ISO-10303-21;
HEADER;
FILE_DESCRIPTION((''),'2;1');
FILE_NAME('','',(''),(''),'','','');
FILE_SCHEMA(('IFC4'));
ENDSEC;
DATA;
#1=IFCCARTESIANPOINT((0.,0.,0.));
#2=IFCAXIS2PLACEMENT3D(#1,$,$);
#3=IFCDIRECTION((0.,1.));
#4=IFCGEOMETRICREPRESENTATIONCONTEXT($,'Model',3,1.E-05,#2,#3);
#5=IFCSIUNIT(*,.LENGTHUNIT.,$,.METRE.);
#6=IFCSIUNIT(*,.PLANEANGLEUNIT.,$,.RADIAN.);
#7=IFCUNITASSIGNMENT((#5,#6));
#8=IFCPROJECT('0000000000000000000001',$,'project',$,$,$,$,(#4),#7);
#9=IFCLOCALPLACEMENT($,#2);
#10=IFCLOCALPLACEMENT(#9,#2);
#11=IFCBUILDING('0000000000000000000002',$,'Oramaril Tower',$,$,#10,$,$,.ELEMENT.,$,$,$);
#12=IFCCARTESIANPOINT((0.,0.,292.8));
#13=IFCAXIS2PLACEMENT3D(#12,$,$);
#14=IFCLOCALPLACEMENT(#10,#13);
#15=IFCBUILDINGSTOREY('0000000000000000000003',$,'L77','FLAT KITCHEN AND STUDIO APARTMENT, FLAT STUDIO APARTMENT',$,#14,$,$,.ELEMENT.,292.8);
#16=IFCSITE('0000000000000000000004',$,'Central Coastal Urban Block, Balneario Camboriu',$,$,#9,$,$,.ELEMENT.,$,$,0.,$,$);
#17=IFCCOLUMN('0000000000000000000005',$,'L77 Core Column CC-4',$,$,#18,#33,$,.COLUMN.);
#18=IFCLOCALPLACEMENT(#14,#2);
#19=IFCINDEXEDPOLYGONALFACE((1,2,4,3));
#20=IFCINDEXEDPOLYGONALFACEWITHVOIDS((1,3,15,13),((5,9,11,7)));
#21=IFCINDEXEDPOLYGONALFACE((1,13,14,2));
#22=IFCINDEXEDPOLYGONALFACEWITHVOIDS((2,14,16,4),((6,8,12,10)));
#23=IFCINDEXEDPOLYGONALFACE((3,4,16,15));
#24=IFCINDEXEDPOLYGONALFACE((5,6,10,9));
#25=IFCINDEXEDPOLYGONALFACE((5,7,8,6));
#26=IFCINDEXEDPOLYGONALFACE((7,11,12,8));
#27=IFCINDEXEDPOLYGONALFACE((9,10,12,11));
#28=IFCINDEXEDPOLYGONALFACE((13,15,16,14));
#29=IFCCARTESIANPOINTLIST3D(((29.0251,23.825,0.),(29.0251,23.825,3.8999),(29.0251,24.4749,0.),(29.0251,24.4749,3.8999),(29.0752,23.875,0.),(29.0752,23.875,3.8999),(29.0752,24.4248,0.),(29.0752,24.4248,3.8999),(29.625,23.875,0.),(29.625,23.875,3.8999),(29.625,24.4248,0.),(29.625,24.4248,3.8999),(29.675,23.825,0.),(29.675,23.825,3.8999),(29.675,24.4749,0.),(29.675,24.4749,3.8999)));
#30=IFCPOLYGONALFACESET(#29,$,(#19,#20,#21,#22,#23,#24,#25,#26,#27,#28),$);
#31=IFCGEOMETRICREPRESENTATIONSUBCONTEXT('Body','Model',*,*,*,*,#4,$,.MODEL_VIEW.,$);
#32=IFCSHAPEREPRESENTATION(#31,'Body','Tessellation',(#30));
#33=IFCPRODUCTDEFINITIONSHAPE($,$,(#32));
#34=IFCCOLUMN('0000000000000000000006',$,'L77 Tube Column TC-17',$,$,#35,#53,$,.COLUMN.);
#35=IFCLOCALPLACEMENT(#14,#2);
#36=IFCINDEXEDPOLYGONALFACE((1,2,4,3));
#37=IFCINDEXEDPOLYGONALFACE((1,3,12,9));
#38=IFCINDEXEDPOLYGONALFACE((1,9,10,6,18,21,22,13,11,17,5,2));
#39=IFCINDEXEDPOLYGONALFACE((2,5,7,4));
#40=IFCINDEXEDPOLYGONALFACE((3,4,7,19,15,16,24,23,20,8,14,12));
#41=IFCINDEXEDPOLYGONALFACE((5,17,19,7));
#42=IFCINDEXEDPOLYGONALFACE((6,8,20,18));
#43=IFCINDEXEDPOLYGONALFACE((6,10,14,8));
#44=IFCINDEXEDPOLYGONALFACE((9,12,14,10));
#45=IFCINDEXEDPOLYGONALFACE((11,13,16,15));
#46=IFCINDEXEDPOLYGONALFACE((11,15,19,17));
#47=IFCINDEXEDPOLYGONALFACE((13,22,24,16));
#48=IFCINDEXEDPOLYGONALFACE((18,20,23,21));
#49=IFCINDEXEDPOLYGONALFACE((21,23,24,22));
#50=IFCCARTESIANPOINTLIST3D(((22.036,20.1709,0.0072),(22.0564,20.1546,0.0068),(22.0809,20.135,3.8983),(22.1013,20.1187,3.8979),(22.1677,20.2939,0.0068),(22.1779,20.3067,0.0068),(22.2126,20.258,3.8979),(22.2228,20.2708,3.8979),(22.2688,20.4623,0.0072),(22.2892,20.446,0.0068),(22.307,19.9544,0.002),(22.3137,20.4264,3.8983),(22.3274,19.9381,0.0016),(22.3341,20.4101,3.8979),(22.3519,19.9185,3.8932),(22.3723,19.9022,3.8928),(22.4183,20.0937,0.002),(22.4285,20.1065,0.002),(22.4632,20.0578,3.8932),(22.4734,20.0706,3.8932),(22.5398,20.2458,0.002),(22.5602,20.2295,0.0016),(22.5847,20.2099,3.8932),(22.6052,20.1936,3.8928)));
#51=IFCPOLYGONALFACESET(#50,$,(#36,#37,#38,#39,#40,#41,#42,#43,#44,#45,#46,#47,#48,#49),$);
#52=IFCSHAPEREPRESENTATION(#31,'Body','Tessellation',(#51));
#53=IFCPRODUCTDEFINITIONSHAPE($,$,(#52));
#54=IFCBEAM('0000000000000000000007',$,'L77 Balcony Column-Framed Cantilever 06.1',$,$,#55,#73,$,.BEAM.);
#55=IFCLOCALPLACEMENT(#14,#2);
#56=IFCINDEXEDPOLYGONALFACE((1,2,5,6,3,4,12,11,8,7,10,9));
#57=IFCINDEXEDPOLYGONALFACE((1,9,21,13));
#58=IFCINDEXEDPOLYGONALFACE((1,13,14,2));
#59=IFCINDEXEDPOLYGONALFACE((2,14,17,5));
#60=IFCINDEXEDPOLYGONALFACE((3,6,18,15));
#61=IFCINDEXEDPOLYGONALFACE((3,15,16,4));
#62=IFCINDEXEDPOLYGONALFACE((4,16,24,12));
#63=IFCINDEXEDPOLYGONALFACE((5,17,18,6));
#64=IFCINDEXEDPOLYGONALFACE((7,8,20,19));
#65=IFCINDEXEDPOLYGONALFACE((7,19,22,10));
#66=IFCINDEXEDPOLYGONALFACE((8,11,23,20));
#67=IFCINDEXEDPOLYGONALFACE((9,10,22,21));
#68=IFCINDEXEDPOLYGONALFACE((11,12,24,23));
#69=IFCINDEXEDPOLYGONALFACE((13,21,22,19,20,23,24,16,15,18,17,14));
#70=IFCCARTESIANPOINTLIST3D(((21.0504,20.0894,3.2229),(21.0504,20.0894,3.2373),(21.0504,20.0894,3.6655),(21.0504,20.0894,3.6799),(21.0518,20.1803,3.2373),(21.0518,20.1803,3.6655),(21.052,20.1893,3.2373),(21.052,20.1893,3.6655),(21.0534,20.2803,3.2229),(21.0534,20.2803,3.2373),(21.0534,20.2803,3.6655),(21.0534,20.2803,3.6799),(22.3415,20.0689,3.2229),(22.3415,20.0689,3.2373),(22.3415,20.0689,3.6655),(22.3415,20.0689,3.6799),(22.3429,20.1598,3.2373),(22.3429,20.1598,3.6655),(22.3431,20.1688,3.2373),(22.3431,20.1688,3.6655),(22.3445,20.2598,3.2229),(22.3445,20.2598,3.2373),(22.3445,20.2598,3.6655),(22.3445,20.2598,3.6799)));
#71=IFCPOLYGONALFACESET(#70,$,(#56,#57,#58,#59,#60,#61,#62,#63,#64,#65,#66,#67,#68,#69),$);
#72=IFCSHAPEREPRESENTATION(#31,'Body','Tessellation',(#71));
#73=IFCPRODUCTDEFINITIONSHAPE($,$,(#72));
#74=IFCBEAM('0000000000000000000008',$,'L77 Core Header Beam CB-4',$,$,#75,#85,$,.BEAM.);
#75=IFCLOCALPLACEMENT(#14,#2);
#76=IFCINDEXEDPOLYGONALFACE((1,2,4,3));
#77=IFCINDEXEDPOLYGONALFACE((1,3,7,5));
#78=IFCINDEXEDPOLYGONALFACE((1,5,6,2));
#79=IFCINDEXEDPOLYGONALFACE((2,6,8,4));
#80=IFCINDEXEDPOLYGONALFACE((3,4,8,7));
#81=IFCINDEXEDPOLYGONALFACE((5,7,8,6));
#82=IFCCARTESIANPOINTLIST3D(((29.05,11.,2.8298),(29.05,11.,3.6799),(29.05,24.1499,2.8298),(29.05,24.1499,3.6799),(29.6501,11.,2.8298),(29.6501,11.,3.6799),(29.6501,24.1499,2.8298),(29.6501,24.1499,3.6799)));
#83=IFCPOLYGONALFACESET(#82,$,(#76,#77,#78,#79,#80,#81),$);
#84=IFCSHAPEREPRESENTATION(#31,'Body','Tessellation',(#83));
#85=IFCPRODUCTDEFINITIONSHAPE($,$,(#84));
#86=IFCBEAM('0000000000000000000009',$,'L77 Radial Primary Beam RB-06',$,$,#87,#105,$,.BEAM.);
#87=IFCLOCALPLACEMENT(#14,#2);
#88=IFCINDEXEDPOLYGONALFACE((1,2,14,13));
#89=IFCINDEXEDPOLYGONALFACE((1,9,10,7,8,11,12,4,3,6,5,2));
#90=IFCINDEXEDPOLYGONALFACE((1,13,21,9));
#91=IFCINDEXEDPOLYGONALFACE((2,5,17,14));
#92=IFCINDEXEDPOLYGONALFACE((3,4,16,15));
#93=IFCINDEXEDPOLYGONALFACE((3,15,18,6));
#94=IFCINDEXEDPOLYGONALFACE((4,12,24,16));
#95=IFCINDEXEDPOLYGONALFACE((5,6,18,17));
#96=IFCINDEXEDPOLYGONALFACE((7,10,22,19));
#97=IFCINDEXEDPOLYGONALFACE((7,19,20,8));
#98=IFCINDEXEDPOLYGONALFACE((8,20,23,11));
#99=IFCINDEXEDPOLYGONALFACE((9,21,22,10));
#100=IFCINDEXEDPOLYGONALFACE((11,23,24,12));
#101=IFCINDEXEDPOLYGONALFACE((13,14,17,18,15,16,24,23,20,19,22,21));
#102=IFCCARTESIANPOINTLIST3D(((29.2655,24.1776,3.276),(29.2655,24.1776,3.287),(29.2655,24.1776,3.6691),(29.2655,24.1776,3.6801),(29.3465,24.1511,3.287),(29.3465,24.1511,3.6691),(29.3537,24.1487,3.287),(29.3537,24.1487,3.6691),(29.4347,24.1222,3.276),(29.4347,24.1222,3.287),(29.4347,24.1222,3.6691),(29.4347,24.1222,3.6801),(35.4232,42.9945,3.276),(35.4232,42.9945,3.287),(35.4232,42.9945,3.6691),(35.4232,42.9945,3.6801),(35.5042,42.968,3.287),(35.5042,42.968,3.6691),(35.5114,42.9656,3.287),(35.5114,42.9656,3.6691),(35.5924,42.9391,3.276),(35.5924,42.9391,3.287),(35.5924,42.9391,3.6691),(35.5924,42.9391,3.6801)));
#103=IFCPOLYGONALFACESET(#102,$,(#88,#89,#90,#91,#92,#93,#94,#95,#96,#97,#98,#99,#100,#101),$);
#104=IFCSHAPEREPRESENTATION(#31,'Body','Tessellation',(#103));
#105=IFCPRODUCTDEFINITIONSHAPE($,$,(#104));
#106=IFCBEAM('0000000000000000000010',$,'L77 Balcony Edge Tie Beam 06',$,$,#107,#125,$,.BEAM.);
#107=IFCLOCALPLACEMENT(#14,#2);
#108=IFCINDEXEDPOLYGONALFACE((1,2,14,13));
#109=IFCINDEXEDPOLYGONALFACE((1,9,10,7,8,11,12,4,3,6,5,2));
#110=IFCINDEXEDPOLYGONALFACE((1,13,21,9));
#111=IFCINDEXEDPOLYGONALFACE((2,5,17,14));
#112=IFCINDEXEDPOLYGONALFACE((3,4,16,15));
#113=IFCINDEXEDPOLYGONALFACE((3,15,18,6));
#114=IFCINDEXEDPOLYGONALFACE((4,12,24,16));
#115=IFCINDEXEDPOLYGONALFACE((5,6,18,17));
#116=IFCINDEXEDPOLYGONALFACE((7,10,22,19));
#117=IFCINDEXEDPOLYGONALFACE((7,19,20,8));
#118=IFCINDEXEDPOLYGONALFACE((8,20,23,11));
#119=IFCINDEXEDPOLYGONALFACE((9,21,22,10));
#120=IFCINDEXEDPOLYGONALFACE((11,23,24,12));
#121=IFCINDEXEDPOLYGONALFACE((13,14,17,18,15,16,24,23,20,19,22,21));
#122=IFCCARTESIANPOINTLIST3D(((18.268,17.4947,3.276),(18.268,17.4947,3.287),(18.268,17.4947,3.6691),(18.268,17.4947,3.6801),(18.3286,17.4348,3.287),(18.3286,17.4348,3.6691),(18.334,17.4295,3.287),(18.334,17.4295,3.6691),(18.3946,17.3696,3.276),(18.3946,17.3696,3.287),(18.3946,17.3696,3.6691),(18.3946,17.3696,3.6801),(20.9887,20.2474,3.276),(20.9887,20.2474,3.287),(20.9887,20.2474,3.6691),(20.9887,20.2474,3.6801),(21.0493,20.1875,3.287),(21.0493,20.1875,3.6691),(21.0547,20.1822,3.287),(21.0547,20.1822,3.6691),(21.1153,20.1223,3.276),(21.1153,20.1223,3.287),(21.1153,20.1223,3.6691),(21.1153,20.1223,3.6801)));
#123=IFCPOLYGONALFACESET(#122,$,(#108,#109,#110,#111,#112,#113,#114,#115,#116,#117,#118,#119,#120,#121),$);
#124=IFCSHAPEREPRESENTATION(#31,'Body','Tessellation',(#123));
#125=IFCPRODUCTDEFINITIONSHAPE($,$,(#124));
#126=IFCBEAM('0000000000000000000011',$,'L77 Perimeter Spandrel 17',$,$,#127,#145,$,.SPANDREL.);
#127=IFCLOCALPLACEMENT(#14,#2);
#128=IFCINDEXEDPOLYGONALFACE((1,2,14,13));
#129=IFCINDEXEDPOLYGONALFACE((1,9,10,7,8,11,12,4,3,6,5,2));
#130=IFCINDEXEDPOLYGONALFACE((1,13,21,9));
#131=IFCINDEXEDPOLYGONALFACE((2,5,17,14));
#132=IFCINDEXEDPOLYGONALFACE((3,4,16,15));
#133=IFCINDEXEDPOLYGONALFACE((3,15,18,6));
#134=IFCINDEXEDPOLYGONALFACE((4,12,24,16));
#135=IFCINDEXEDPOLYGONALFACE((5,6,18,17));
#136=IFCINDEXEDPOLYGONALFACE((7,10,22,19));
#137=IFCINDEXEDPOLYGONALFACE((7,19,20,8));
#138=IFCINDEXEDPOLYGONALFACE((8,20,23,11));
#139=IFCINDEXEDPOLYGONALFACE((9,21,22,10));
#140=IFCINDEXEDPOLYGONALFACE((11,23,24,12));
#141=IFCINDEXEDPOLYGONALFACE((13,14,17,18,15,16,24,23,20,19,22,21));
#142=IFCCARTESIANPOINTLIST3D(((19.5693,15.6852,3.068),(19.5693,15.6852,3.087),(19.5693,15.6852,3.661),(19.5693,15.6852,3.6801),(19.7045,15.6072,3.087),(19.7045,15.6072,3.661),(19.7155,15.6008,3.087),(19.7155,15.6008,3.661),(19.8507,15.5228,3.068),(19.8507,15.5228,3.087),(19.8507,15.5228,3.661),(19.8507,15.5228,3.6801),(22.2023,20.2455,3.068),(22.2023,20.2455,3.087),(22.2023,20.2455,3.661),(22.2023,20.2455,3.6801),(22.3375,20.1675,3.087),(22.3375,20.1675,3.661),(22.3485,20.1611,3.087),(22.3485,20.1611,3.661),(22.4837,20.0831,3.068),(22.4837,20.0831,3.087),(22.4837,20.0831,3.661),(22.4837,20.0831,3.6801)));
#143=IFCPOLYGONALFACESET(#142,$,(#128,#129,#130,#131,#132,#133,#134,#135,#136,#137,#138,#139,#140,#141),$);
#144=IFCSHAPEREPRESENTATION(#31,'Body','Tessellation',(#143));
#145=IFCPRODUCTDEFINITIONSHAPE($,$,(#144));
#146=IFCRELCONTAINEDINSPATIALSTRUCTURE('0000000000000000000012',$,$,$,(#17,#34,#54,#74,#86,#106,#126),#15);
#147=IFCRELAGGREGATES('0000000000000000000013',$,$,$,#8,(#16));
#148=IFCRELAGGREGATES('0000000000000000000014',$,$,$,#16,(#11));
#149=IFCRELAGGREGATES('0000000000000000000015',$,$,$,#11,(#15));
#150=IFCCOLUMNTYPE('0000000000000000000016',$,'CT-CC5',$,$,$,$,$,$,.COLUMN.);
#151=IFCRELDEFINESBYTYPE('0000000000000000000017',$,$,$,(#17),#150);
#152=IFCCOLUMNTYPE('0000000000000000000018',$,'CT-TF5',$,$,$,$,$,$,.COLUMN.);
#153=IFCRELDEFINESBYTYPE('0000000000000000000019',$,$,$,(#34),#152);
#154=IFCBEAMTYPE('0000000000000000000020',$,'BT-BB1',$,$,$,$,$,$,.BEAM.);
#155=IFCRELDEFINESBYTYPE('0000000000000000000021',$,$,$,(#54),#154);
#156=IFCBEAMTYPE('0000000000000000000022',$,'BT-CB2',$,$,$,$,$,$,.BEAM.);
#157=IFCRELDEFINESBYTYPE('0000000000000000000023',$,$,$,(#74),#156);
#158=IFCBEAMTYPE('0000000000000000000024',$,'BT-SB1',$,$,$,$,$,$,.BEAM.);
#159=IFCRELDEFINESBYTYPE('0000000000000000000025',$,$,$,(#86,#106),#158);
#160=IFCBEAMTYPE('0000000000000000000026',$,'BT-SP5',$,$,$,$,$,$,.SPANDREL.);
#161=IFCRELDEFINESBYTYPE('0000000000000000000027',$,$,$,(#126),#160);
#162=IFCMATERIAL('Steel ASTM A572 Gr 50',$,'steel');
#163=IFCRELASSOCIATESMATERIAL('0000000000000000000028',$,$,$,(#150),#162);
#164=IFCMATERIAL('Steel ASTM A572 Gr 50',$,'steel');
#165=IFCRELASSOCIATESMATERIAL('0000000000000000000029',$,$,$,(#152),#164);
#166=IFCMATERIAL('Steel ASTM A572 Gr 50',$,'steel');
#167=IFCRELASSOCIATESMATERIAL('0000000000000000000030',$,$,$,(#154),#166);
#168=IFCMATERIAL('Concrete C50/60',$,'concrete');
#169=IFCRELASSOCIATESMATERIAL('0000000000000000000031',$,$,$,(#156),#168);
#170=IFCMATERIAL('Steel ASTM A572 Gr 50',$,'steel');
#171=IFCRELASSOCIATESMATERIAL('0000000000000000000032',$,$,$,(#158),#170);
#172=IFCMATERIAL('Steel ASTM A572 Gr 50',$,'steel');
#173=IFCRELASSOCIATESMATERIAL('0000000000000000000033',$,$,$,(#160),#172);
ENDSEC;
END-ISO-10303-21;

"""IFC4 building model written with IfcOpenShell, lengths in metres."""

from ifc_helpers import new_model, si_unit, direction, frame, origin, origin_2d, place, context, subcontext, project, spatial, rectangle, hollow_rectangle, i_section, extrude, material, material_profile, profile_set, type_object, element, save


model = new_model("IFC4")

# Units and contexts
model_context = context("Model", 3, precision=1e-05, world=origin(), true_north=direction((0.0, 1.0)))
body_context = subcontext(model_context, "Body", "Model", "MODEL_VIEW")
ifc_project = project(units=[si_unit("LENGTHUNIT", "METRE"), si_unit("PLANEANGLEUNIT", "RADIAN")], contexts=[model_context])

# Site, building, storey
site_placement = place(None, origin())
site = spatial("IfcSite", under=ifc_project, at=site_placement, Name="Central Coastal Urban Block, Balneario Camboriu", CompositionType="ELEMENT", RefElevation=0.0)
building_placement = place(site_placement, origin())
building = spatial("IfcBuilding", under=site, at=building_placement, Name="Oramaril Tower", CompositionType="ELEMENT")
storey_placement = place(building_placement, frame((0.0, 0.0, 292.8)))
storey = spatial("IfcBuildingStorey", under=building, at=storey_placement, Name="L77", Description="FLAT KITCHEN AND STUDIO APARTMENT, FLAT STUDIO APARTMENT", CompositionType="ELEMENT", Elevation=292.8)

# Columns
ifc_material_1 = material(Name="Steel ASTM A572 Gr 50", Category="steel")
ifc_material_profile_1 = material_profile(ifc_material_1, hollow_rectangle(XDim=0.6499, YDim=0.6499, WallThickness=0.05, at=origin_2d()), Name="BOX650X650X50")
ifc_profile_set_1 = profile_set([ifc_material_profile_1], Name="Steel ASTM A572 Gr 50")
column_type_1 = type_object("IfcColumnType", Name="CT-CC5", PredefinedType="COLUMN", material=ifc_profile_set_1)
column_1_placement = place(storey_placement, frame((29.3501, 24.1499, 0.0), z_axis=(0.0, 0.0, 1.0), x_axis=(1.0, 0.0, 0.0)))
element("IfcColumn", 1, at=column_1_placement, inside=storey, type_object=column_type_1, Name="L77 Core Column CC-4", PredefinedType="COLUMN", context=body_context, shape_type="SweptSolid", body=[
    extrude(hollow_rectangle(XDim=0.6499, YDim=0.6499, WallThickness=0.05, at=origin_2d()), origin(), (0.0, 0.0, 1.0), 3.8999),
])
ifc_material_2 = material(Name="Steel ASTM A572 Gr 50", Category="steel")
ifc_material_profile_2 = material_profile(ifc_material_2, i_section(OverallWidth=0.373, OverallDepth=0.373, WebThickness=0.0164, FlangeThickness=0.0261, at=origin_2d()), Name="W14X132")
ifc_profile_set_2 = profile_set([ifc_material_profile_2], Name="Steel ASTM A572 Gr 50")
column_type_2 = type_object("IfcColumnType", Name="CT-TF5", PredefinedType="COLUMN", material=ifc_profile_set_2)
column_2_placement = place(storey_placement, frame((22.2981, 20.2002, 0.0044), z_axis=(0.011543, -0.009222, 0.999891), x_axis=(0.624177, 0.781283, 0.0)))
element("IfcColumn", 2, at=column_2_placement, inside=storey, type_object=column_type_2, Name="L77 Tube Column TC-17", PredefinedType="COLUMN", context=body_context, shape_type="SweptSolid", body=[
    extrude(i_section(OverallWidth=0.373, OverallDepth=0.373, WebThickness=0.0164, FlangeThickness=0.0261, at=origin_2d()), origin(), (0.0, 0.0, 1.0), 3.8916),
])

# Beams
ifc_material_3 = material(Name="Steel ASTM A572 Gr 50", Category="steel")
ifc_material_profile_3 = material_profile(ifc_material_3, i_section(OverallWidth=0.1909, OverallDepth=0.457, WebThickness=0.009, FlangeThickness=0.0144, at=origin_2d()), Name="W18X50")
ifc_profile_set_3 = profile_set([ifc_material_profile_3], Name="Steel ASTM A572 Gr 50")
beam_type_1 = type_object("IfcBeamType", Name="BT-BB1", PredefinedType="BEAM", material=ifc_profile_set_3)
beam_1_placement = place(storey_placement, frame((22.343, 20.1643, 3.4514), z_axis=(-0.999874, 0.015883, 0.0), x_axis=(-0.015883, -0.999874, 0.0)))
element("IfcBeam", 3, at=beam_1_placement, inside=storey, type_object=beam_type_1, Name="L77 Balcony Column-Framed Cantilever 06.1", PredefinedType="BEAM", context=body_context, shape_type="SweptSolid", body=[
    extrude(i_section(OverallWidth=0.1909, OverallDepth=0.457, WebThickness=0.009, FlangeThickness=0.0144, at=origin_2d()), origin(), (0.0, 0.0, 1.0), 1.2913),
])
ifc_material_4 = material(Name="Concrete C50/60", Category="concrete")
ifc_material_profile_4 = material_profile(ifc_material_4, rectangle(XDim=0.6001, YDim=0.8501, at=origin_2d()), Name="CB600X850")
ifc_profile_set_4 = profile_set([ifc_material_profile_4], Name="Concrete C50/60")
beam_type_2 = type_object("IfcBeamType", Name="BT-CB2", PredefinedType="BEAM", material=ifc_profile_set_4)
beam_2_placement = place(storey_placement, frame((29.3501, 24.1499, 3.2549), z_axis=(0.0, -1.0, 0.0), x_axis=(1.0, 0.0, 0.0)))
element("IfcBeam", 4, at=beam_2_placement, inside=storey, type_object=beam_type_2, Name="L77 Core Header Beam CB-4", PredefinedType="BEAM", context=body_context, shape_type="SweptSolid", body=[
    extrude(rectangle(XDim=0.6001, YDim=0.8501, at=origin_2d()), origin(), (0.0, 0.0, 1.0), 13.1499),
])
ifc_material_5 = material(Name="Steel ASTM A572 Gr 50", Category="steel")
ifc_material_profile_5 = material_profile(ifc_material_5, i_section(OverallWidth=0.178, OverallDepth=0.4041, WebThickness=0.0076, FlangeThickness=0.011, at=origin_2d()), Name="W16X36")
ifc_profile_set_5 = profile_set([ifc_material_profile_5], Name="Steel ASTM A572 Gr 50")
beam_type_3 = type_object("IfcBeamType", Name="BT-SB1", PredefinedType="BEAM", material=ifc_profile_set_5)
beam_3_placement = place(storey_placement, frame((29.3501, 24.1499, 3.478), z_axis=(0.311014, 0.950405, 0.0), x_axis=(-0.950405, 0.311014, 0.0)))
element("IfcBeam", 5, at=beam_3_placement, inside=storey, type_object=beam_type_3, Name="L77 Radial Primary Beam RB-06", PredefinedType="BEAM", context=body_context, shape_type="SweptSolid", body=[
    extrude(i_section(OverallWidth=0.178, OverallDepth=0.4041, WebThickness=0.0076, FlangeThickness=0.011, at=origin_2d()), origin(), (0.0, 0.0, 1.0), 19.7988),
])
beam_4_placement = place(storey_placement, frame((21.052, 20.1848, 3.478), z_axis=(-0.702963, -0.711226, 0.0), x_axis=(0.711226, -0.702963, 0.0)))
element("IfcBeam", 6, at=beam_4_placement, inside=storey, type_object=beam_type_3, Name="L77 Balcony Edge Tie Beam 06", PredefinedType="BEAM", context=body_context, shape_type="SweptSolid", body=[
    extrude(i_section(OverallWidth=0.178, OverallDepth=0.4041, WebThickness=0.0076, FlangeThickness=0.011, at=origin_2d()), origin(), (0.0, 0.0, 1.0), 3.8704),
])
ifc_material_6 = material(Name="Steel ASTM A572 Gr 50", Category="steel")
ifc_material_profile_6 = material_profile(ifc_material_6, i_section(OverallWidth=0.325, OverallDepth=0.6121, WebThickness=0.0127, FlangeThickness=0.019, at=origin_2d()), Name="W24X104")
ifc_profile_set_6 = profile_set([ifc_material_profile_6], Name="Steel ASTM A572 Gr 50")
beam_type_4 = type_object("IfcBeamType", Name="BT-SP5", PredefinedType="SPANDREL", material=ifc_profile_set_6)
beam_5_placement = place(storey_placement, frame((22.343, 20.1643, 3.374), z_axis=(-0.500023, -0.866012, 0.0), x_axis=(0.866012, -0.500023, 0.0)))
element("IfcBeam", 7, at=beam_5_placement, inside=storey, type_object=beam_type_4, Name="L77 Perimeter Spandrel 17", PredefinedType="SPANDREL", context=body_context, shape_type="SweptSolid", body=[
    extrude(i_section(OverallWidth=0.325, OverallDepth=0.6121, WebThickness=0.0127, FlangeThickness=0.019, at=origin_2d()), origin(), (0.0, 0.0, 1.0), 5.2659),
])

save(model, "model.ifc")
